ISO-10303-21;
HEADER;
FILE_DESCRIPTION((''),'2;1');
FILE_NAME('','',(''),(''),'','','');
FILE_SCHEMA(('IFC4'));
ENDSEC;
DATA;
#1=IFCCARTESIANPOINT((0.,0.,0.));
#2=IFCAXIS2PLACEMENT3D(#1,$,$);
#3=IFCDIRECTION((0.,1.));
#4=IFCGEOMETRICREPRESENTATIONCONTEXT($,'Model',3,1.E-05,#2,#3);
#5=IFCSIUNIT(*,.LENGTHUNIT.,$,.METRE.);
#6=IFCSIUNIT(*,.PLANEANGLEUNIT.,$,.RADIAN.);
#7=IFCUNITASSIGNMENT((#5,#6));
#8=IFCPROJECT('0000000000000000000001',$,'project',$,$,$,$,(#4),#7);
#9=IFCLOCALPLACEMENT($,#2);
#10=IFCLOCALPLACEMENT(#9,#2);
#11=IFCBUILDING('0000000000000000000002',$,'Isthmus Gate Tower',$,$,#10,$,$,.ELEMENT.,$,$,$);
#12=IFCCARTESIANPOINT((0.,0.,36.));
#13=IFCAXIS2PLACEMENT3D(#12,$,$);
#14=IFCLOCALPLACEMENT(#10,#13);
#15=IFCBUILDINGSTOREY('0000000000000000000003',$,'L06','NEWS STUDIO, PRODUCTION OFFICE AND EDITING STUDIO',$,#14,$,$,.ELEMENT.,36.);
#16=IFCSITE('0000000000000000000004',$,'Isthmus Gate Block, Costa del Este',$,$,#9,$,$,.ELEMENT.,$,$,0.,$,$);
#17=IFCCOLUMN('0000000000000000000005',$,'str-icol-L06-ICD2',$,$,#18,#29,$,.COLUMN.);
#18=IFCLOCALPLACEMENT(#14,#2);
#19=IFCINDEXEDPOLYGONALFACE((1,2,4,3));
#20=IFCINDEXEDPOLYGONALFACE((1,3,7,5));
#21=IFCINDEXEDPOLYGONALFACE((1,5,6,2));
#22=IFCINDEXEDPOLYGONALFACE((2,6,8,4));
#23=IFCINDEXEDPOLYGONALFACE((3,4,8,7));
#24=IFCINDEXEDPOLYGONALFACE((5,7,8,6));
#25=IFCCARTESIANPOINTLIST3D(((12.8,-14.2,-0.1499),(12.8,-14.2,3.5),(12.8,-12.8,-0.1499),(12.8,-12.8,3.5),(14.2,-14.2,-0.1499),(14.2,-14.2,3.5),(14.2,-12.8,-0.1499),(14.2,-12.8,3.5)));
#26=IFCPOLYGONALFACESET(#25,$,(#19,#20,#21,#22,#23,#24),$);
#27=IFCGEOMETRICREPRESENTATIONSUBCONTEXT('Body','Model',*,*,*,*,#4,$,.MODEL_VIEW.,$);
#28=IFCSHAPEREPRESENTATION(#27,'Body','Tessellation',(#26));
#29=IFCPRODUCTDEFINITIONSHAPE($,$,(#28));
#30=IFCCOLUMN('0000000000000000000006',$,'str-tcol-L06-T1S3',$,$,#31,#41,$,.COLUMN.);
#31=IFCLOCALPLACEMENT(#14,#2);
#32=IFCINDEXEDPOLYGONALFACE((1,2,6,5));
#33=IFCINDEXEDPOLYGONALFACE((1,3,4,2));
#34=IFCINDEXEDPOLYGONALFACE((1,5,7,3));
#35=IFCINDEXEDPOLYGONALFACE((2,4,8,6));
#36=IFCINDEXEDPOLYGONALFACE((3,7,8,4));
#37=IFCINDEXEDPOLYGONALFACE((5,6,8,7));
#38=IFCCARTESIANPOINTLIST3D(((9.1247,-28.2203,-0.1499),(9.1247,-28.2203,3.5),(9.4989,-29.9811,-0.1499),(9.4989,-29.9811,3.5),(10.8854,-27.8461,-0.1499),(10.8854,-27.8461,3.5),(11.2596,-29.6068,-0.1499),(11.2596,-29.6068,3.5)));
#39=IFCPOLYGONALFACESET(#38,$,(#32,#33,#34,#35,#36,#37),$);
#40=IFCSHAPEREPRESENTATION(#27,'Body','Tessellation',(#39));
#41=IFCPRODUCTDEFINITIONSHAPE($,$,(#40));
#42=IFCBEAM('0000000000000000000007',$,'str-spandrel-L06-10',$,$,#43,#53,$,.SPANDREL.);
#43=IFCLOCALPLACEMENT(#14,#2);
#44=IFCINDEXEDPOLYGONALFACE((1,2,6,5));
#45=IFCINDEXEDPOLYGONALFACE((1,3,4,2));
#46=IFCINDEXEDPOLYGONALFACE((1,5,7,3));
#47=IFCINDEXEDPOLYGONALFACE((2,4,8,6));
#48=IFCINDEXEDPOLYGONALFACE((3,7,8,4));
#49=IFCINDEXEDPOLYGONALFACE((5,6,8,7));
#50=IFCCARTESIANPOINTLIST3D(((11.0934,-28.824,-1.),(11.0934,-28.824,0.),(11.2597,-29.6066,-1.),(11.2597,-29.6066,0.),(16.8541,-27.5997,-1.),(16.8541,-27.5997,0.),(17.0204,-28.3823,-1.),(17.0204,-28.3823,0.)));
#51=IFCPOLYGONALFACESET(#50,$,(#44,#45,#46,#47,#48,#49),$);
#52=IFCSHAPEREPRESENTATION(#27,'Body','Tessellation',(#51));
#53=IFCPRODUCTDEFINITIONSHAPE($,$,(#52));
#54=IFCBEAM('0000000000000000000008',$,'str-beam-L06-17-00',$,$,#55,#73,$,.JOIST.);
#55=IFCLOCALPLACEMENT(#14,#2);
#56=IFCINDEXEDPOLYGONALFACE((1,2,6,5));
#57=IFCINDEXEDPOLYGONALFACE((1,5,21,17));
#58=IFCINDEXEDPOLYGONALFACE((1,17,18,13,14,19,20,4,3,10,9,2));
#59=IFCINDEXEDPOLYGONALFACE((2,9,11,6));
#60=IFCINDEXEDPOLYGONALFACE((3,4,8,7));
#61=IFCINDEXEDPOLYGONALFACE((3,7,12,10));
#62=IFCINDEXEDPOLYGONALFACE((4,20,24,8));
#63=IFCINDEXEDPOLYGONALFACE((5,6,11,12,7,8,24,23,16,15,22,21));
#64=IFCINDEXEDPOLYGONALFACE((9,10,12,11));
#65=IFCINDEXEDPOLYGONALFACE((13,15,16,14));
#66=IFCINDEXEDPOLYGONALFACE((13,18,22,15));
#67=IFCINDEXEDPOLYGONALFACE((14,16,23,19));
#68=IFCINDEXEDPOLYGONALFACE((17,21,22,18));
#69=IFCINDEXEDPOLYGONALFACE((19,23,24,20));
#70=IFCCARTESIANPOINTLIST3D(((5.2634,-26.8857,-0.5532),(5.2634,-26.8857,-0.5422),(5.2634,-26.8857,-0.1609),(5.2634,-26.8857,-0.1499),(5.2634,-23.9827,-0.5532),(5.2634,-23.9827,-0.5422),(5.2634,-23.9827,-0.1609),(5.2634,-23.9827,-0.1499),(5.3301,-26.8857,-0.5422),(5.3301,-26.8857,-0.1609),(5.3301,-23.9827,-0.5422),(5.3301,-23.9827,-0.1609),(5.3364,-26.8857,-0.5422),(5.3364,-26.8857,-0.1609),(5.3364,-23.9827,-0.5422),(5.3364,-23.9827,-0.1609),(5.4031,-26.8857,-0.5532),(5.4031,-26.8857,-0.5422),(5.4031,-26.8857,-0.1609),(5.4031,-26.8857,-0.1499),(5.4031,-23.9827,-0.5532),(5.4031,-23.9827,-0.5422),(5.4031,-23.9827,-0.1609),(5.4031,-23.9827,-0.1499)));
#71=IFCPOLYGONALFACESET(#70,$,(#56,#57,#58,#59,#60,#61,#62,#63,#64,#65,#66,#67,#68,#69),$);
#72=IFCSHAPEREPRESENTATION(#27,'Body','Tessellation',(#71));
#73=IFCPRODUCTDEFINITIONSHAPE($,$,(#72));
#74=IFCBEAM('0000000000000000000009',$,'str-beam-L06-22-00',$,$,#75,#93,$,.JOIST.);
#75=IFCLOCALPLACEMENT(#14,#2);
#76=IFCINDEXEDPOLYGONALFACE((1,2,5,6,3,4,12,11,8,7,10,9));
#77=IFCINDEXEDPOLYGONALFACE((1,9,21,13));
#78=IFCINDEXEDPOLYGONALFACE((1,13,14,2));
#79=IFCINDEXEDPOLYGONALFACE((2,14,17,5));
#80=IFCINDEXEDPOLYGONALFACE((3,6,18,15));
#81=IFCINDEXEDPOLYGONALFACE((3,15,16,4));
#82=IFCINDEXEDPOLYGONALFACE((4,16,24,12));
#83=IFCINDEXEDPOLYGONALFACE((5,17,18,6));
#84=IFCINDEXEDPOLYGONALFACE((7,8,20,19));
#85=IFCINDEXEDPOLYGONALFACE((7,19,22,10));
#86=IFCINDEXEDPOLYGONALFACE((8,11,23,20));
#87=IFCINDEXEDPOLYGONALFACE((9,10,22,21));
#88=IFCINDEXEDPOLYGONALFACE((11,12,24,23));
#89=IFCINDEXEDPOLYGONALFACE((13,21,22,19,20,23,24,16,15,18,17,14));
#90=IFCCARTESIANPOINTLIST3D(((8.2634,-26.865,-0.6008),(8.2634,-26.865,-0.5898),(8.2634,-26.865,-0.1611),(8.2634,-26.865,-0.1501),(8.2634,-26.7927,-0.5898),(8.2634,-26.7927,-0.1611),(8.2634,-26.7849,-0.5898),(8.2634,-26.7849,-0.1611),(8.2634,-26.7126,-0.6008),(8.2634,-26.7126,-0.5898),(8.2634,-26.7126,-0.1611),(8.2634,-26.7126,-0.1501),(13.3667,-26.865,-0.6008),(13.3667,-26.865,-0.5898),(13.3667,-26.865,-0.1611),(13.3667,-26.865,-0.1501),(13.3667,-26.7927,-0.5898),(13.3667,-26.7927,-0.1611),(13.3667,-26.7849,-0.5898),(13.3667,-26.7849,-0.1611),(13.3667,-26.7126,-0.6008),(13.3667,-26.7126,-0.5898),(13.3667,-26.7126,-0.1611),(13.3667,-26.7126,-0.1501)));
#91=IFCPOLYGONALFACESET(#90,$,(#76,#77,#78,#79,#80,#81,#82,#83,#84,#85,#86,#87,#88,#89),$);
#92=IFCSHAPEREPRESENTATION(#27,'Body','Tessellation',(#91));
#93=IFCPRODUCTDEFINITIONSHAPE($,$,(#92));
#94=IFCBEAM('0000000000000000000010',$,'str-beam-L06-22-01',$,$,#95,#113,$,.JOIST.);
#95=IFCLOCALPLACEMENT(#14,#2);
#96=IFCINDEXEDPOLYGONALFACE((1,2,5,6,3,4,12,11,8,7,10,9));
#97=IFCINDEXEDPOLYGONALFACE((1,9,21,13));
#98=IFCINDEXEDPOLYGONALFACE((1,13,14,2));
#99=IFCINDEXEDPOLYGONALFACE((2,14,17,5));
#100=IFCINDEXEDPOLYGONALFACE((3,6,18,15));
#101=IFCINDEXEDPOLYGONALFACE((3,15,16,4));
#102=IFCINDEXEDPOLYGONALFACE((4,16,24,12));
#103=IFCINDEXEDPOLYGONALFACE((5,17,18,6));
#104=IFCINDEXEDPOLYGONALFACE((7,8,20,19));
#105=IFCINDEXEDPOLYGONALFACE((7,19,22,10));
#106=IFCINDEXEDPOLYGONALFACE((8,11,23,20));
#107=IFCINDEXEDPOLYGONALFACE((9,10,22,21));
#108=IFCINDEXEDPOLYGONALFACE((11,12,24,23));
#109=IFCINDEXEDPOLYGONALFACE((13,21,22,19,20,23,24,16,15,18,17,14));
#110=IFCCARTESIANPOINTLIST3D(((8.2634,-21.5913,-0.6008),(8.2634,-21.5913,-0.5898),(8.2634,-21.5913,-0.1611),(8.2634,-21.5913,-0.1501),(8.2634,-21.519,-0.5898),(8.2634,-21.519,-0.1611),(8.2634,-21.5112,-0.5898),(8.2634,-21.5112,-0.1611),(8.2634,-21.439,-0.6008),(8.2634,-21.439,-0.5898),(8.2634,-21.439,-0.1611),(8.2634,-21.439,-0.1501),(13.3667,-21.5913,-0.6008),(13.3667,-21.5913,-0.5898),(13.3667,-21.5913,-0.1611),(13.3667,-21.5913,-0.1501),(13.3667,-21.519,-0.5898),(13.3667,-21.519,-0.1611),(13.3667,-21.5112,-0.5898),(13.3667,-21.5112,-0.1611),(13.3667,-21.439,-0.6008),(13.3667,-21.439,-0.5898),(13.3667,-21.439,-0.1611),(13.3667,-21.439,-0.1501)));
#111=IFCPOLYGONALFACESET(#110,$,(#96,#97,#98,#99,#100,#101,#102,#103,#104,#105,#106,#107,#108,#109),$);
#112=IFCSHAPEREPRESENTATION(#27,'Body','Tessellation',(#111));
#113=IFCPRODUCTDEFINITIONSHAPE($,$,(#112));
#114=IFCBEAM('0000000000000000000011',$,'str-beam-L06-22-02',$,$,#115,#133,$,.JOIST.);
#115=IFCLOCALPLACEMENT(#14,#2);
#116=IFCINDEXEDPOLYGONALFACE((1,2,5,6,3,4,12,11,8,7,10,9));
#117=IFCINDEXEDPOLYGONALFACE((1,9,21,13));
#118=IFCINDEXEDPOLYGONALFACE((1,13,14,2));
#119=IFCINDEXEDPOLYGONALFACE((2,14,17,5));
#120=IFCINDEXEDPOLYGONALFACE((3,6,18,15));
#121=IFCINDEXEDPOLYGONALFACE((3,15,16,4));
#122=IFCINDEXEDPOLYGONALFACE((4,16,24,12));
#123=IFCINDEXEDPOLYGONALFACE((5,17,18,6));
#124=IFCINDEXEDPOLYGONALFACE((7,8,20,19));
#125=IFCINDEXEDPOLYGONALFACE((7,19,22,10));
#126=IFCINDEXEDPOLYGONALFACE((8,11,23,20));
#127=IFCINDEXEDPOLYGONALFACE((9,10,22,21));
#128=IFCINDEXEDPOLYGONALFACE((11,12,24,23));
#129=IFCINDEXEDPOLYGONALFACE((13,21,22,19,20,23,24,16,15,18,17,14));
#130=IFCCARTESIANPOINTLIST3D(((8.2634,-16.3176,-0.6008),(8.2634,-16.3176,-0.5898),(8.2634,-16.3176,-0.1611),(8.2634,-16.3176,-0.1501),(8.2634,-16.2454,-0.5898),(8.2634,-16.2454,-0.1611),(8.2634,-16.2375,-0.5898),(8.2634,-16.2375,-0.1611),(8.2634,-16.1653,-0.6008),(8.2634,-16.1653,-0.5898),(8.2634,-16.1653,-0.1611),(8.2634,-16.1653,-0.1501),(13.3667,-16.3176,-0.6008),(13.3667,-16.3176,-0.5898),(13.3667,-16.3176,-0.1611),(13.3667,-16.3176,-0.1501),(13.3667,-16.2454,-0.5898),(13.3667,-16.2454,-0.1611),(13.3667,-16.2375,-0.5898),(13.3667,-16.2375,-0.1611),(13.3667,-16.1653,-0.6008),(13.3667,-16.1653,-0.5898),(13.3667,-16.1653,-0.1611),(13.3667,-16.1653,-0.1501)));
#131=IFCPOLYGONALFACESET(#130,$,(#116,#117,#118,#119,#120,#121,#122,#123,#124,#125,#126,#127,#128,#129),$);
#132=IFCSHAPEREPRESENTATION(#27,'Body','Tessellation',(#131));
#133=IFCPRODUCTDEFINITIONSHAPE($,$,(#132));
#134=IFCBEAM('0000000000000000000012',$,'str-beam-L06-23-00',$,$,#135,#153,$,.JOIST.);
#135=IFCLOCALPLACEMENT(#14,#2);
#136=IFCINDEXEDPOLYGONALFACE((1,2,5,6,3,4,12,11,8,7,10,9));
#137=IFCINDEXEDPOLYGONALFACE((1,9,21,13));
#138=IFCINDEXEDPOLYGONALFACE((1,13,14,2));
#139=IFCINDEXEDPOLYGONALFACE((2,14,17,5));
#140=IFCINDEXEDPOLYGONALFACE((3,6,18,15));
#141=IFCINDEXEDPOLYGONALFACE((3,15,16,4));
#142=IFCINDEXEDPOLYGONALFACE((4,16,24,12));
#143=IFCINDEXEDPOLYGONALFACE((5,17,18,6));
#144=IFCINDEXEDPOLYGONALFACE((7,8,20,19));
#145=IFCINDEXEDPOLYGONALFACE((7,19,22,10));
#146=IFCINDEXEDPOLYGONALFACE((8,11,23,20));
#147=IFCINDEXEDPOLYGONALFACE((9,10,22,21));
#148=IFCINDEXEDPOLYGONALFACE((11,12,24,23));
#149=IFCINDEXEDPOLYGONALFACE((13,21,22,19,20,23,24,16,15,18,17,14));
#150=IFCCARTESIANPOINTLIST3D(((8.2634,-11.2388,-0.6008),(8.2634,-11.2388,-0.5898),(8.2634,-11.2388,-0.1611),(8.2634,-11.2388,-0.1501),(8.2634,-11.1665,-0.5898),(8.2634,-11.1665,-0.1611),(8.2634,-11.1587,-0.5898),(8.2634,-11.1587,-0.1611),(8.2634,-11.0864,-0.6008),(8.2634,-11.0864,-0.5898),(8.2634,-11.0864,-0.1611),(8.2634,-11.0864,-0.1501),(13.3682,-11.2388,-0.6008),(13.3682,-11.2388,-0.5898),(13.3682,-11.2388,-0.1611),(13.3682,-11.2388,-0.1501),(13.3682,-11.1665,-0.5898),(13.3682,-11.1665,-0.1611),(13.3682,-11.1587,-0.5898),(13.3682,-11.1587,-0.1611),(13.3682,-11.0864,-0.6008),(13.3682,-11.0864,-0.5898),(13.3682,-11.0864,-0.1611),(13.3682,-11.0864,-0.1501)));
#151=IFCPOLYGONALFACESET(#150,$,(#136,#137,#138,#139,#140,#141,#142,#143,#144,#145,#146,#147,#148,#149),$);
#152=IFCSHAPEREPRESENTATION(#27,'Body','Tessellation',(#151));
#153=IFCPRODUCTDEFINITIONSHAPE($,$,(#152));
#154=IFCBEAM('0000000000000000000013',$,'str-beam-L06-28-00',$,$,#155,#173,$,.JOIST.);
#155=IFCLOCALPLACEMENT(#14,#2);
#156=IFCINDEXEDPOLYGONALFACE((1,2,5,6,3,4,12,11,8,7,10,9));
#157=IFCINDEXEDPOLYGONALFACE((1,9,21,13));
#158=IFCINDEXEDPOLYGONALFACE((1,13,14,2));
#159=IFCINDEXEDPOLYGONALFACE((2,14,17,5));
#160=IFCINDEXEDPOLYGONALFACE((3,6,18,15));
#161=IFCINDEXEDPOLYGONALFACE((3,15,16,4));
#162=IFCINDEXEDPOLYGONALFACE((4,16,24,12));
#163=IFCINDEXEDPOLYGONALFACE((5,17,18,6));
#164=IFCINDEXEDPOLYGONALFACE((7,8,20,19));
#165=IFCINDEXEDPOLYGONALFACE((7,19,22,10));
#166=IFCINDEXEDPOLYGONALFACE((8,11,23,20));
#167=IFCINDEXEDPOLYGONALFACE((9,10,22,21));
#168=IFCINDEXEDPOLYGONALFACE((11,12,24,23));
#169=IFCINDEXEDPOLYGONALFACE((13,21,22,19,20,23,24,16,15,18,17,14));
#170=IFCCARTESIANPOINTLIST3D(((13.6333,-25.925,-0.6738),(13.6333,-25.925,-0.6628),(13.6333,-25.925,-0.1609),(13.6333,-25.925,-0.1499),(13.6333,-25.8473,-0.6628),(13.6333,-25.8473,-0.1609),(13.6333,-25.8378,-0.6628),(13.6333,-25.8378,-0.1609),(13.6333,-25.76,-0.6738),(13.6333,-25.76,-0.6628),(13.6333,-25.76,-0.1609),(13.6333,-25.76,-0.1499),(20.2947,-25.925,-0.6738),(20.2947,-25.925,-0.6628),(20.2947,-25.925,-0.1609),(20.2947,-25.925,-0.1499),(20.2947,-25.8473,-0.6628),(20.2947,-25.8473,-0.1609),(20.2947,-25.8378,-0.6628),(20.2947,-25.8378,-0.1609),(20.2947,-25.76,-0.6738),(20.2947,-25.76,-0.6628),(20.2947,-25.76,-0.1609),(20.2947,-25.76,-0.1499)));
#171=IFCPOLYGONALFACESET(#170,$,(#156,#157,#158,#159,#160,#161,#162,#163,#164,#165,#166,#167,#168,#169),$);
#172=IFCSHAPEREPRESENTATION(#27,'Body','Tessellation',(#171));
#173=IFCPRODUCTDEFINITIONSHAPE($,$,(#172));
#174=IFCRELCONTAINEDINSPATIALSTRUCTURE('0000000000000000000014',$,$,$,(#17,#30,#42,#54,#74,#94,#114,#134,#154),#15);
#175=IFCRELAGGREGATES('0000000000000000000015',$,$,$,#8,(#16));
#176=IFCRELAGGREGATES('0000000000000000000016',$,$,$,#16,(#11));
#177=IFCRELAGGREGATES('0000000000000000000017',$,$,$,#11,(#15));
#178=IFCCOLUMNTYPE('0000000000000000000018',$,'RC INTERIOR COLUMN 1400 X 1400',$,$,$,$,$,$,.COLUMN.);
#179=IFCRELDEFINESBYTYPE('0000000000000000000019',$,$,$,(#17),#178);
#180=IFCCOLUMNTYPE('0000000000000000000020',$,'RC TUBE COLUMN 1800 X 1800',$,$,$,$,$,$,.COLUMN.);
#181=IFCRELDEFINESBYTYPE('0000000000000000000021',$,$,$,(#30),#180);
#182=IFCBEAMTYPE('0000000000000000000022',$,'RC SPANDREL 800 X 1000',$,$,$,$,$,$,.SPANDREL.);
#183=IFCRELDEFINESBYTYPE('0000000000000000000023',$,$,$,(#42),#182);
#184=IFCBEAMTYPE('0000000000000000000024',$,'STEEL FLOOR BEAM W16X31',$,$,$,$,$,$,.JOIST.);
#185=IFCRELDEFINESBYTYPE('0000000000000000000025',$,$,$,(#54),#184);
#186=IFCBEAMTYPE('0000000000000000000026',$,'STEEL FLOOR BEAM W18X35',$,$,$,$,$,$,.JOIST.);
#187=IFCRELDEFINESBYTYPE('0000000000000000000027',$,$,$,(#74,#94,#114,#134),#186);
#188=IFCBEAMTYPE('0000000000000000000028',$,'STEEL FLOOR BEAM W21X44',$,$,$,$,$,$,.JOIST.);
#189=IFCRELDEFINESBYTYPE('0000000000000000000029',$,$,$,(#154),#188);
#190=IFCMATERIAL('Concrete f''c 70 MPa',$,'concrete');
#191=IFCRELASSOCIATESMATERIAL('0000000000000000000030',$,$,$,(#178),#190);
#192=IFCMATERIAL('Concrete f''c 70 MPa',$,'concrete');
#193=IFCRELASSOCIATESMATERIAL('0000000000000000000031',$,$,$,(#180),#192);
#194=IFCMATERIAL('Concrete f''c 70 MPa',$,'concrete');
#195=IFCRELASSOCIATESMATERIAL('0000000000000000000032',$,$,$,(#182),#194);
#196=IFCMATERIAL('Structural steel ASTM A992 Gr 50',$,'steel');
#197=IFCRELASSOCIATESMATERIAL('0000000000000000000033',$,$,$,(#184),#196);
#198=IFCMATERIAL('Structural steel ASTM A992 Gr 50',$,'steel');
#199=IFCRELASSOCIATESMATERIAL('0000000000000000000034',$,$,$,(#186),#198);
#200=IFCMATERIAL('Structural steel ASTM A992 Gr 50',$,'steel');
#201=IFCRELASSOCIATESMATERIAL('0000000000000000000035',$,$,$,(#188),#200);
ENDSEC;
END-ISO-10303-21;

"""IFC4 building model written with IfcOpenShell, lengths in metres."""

from ifc_helpers import new_model, si_unit, direction, frame, origin, origin_2d, place, context, subcontext, project, spatial, rectangle, i_section, extrude, material, material_profile, profile_set, type_object, element, save


model = new_model("IFC4")

# Units and contexts
model_context = context("Model", 3, precision=1e-05, world=origin(), true_north=direction((0.0, 1.0)))
body_context = subcontext(model_context, "Body", "Model", "MODEL_VIEW")
ifc_project = project(units=[si_unit("LENGTHUNIT", "METRE"), si_unit("PLANEANGLEUNIT", "RADIAN")], contexts=[model_context])

# Site, building, storey
site_placement = place(None, origin())
site = spatial("IfcSite", under=ifc_project, at=site_placement, Name="Isthmus Gate Block, Costa del Este", CompositionType="ELEMENT", RefElevation=0.0)
building_placement = place(site_placement, origin())
building = spatial("IfcBuilding", under=site, at=building_placement, Name="Isthmus Gate Tower", CompositionType="ELEMENT")
storey_placement = place(building_placement, frame((0.0, 0.0, 36.0)))
storey = spatial("IfcBuildingStorey", under=building, at=storey_placement, Name="L06", Description="NEWS STUDIO, PRODUCTION OFFICE AND EDITING STUDIO", CompositionType="ELEMENT", Elevation=36.0)

# Columns
ifc_material_1 = material(Name="Concrete f'c 70 MPa", Category="concrete")
ifc_material_profile_1 = material_profile(ifc_material_1, rectangle(XDim=1.3999, YDim=1.3999, at=origin_2d()), Name="RC 1400X1400")
ifc_profile_set_1 = profile_set([ifc_material_profile_1], Name="Concrete f'c 70 MPa")
column_type_1 = type_object("IfcColumnType", Name="RC INTERIOR COLUMN 1400 X 1400", PredefinedType="COLUMN", material=ifc_profile_set_1)
column_1_placement = place(storey_placement, frame((13.5, -13.5, -0.1499), z_axis=(0.0, 0.0, 1.0), x_axis=(1.0, 0.0, 0.0)))
element("IfcColumn", 1, at=column_1_placement, inside=storey, type_object=column_type_1, Name="str-icol-L06-ICD2", PredefinedType="COLUMN", context=body_context, shape_type="SweptSolid", body=[
    extrude(rectangle(XDim=1.3999, YDim=1.3999, at=origin_2d()), origin(), (0.0, 0.0, 1.0), 3.6499),
])
ifc_material_2 = material(Name="Concrete f'c 70 MPa", Category="concrete")
ifc_material_profile_2 = material_profile(ifc_material_2, rectangle(XDim=1.8, YDim=1.8, at=origin_2d()), Name="RC 1800X1800")
ifc_profile_set_2 = profile_set([ifc_material_profile_2], Name="Concrete f'c 70 MPa")
column_type_2 = type_object("IfcColumnType", Name="RC TUBE COLUMN 1800 X 1800", PredefinedType="COLUMN", material=ifc_profile_set_2)
column_2_placement = place(storey_placement, frame((10.1921, -28.9136, -0.1499), z_axis=(0.0, 0.0, 1.0), x_axis=(0.978148, 0.207912, 0.0)))
element("IfcColumn", 2, at=column_2_placement, inside=storey, type_object=column_type_2, Name="str-tcol-L06-T1S3", PredefinedType="COLUMN", context=body_context, shape_type="SweptSolid", body=[
    extrude(rectangle(XDim=1.8, YDim=1.8, at=origin_2d()), origin(), (0.0, 0.0, 1.0), 3.6499),
])

# Beams
ifc_material_3 = material(Name="Concrete f'c 70 MPa", Category="concrete")
ifc_material_profile_3 = material_profile(ifc_material_3, rectangle(XDim=0.8, YDim=1.0, at=origin_2d()), Name="RC 800X1000")
ifc_profile_set_3 = profile_set([ifc_material_profile_3], Name="Concrete f'c 70 MPa")
beam_type_1 = type_object("IfcBeamType", Name="RC SPANDREL 800 X 1000", PredefinedType="SPANDREL", material=ifc_profile_set_3)
beam_1_placement = place(storey_placement, frame((16.9373, -27.991, -0.5), z_axis=(-0.978152, -0.207892, 0.0), x_axis=(0.207892, -0.978152, 0.0)))
element("IfcBeam", 3, at=beam_1_placement, inside=storey, type_object=beam_type_1, Name="str-spandrel-L06-10", PredefinedType="SPANDREL", context=body_context, shape_type="SweptSolid", body=[
    extrude(rectangle(XDim=0.8, YDim=1.0, at=origin_2d()), origin(), (0.0, 0.0, 1.0), 5.8894),
])
ifc_material_4 = material(Name="Structural steel ASTM A992 Gr 50", Category="steel")
ifc_material_profile_4 = material_profile(ifc_material_4, i_section(OverallWidth=0.1396, OverallDepth=0.4033, WebThickness=0.0063, FlangeThickness=0.011, at=origin_2d()), Name="W16X31")
ifc_profile_set_4 = profile_set([ifc_material_profile_4], Name="Structural steel ASTM A992 Gr 50")
beam_type_2 = type_object("IfcBeamType", Name="STEEL FLOOR BEAM W16X31", PredefinedType="JOIST", material=ifc_profile_set_4)
beam_2_placement = place(storey_placement, frame((5.3333, -26.8857, -0.3516), z_axis=(0.0, 1.0, 0.0), x_axis=(-1.0, 0.0, 0.0)))
element("IfcBeam", 4, at=beam_2_placement, inside=storey, type_object=beam_type_2, Name="str-beam-L06-17-00", PredefinedType="JOIST", context=body_context, shape_type="SweptSolid", body=[
    extrude(i_section(OverallWidth=0.1396, OverallDepth=0.4033, WebThickness=0.0063, FlangeThickness=0.011, at=origin_2d()), origin(), (0.0, 0.0, 1.0), 2.9031),
])
ifc_material_5 = material(Name="Structural steel ASTM A992 Gr 50", Category="steel")
ifc_material_profile_5 = material_profile(ifc_material_5, i_section(OverallWidth=0.1523, OverallDepth=0.4507, WebThickness=0.0078, FlangeThickness=0.011, at=origin_2d()), Name="W18X35")
ifc_profile_set_5 = profile_set([ifc_material_profile_5], Name="Structural steel ASTM A992 Gr 50")
beam_type_3 = type_object("IfcBeamType", Name="STEEL FLOOR BEAM W18X35", PredefinedType="JOIST", material=ifc_profile_set_5)
for number, where, z_axis, x_axis, name in (
    (5, (8.2634, -26.7888, -0.3755), (1.0, 0.0, 0.0), (0.0, 1.0, 0.0), "str-beam-L06-22-00"),
    (6, (8.2634, -21.5151, -0.3755), (1.0, 0.0, 0.0), (0.0, 1.0, 0.0), "str-beam-L06-22-01"),
    (7, (8.2634, -16.2415, -0.3755), (1.0, 0.0, 0.0), (0.0, 1.0, 0.0), "str-beam-L06-22-02"),
):
    element("IfcBeam", number, at=place(storey_placement, frame(where, z_axis=z_axis, x_axis=x_axis)), inside=storey, type_object=beam_type_3, Name=name, PredefinedType="JOIST", context=body_context, shape_type="SweptSolid", body=[
        extrude(i_section(OverallWidth=0.1523, OverallDepth=0.4507, WebThickness=0.0078, FlangeThickness=0.011, at=origin_2d()), origin(), (0.0, 0.0, 1.0), 5.1033),
    ])
beam_3_placement = place(storey_placement, frame((8.2634, -11.1626, -0.3755), z_axis=(1.0, 0.0, 0.0), x_axis=(0.0, 1.0, 0.0)))
element("IfcBeam", 8, at=beam_3_placement, inside=storey, type_object=beam_type_3, Name="str-beam-L06-23-00", PredefinedType="JOIST", context=body_context, shape_type="SweptSolid", body=[
    extrude(i_section(OverallWidth=0.1523, OverallDepth=0.4507, WebThickness=0.0078, FlangeThickness=0.011, at=origin_2d()), origin(), (0.0, 0.0, 1.0), 5.1047),
])
ifc_material_6 = material(Name="Structural steel ASTM A992 Gr 50", Category="steel")
ifc_material_profile_6 = material_profile(ifc_material_6, i_section(OverallWidth=0.165, OverallDepth=0.5239, WebThickness=0.0095, FlangeThickness=0.011, at=origin_2d()), Name="W21X44")
ifc_profile_set_6 = profile_set([ifc_material_profile_6], Name="Structural steel ASTM A992 Gr 50")
beam_type_4 = type_object("IfcBeamType", Name="STEEL FLOOR BEAM W21X44", PredefinedType="JOIST", material=ifc_profile_set_6)
beam_4_placement = place(storey_placement, frame((13.6333, -25.8425, -0.4119), z_axis=(1.0, 0.0, 0.0), x_axis=(0.0, 1.0, 0.0)))
element("IfcBeam", 9, at=beam_4_placement, inside=storey, type_object=beam_type_4, Name="str-beam-L06-28-00", PredefinedType="JOIST", context=body_context, shape_type="SweptSolid", body=[
    extrude(i_section(OverallWidth=0.165, OverallDepth=0.5239, WebThickness=0.0095, FlangeThickness=0.011, at=origin_2d()), origin(), (0.0, 0.0, 1.0), 6.6614),
])

save(model, "model.ifc")
